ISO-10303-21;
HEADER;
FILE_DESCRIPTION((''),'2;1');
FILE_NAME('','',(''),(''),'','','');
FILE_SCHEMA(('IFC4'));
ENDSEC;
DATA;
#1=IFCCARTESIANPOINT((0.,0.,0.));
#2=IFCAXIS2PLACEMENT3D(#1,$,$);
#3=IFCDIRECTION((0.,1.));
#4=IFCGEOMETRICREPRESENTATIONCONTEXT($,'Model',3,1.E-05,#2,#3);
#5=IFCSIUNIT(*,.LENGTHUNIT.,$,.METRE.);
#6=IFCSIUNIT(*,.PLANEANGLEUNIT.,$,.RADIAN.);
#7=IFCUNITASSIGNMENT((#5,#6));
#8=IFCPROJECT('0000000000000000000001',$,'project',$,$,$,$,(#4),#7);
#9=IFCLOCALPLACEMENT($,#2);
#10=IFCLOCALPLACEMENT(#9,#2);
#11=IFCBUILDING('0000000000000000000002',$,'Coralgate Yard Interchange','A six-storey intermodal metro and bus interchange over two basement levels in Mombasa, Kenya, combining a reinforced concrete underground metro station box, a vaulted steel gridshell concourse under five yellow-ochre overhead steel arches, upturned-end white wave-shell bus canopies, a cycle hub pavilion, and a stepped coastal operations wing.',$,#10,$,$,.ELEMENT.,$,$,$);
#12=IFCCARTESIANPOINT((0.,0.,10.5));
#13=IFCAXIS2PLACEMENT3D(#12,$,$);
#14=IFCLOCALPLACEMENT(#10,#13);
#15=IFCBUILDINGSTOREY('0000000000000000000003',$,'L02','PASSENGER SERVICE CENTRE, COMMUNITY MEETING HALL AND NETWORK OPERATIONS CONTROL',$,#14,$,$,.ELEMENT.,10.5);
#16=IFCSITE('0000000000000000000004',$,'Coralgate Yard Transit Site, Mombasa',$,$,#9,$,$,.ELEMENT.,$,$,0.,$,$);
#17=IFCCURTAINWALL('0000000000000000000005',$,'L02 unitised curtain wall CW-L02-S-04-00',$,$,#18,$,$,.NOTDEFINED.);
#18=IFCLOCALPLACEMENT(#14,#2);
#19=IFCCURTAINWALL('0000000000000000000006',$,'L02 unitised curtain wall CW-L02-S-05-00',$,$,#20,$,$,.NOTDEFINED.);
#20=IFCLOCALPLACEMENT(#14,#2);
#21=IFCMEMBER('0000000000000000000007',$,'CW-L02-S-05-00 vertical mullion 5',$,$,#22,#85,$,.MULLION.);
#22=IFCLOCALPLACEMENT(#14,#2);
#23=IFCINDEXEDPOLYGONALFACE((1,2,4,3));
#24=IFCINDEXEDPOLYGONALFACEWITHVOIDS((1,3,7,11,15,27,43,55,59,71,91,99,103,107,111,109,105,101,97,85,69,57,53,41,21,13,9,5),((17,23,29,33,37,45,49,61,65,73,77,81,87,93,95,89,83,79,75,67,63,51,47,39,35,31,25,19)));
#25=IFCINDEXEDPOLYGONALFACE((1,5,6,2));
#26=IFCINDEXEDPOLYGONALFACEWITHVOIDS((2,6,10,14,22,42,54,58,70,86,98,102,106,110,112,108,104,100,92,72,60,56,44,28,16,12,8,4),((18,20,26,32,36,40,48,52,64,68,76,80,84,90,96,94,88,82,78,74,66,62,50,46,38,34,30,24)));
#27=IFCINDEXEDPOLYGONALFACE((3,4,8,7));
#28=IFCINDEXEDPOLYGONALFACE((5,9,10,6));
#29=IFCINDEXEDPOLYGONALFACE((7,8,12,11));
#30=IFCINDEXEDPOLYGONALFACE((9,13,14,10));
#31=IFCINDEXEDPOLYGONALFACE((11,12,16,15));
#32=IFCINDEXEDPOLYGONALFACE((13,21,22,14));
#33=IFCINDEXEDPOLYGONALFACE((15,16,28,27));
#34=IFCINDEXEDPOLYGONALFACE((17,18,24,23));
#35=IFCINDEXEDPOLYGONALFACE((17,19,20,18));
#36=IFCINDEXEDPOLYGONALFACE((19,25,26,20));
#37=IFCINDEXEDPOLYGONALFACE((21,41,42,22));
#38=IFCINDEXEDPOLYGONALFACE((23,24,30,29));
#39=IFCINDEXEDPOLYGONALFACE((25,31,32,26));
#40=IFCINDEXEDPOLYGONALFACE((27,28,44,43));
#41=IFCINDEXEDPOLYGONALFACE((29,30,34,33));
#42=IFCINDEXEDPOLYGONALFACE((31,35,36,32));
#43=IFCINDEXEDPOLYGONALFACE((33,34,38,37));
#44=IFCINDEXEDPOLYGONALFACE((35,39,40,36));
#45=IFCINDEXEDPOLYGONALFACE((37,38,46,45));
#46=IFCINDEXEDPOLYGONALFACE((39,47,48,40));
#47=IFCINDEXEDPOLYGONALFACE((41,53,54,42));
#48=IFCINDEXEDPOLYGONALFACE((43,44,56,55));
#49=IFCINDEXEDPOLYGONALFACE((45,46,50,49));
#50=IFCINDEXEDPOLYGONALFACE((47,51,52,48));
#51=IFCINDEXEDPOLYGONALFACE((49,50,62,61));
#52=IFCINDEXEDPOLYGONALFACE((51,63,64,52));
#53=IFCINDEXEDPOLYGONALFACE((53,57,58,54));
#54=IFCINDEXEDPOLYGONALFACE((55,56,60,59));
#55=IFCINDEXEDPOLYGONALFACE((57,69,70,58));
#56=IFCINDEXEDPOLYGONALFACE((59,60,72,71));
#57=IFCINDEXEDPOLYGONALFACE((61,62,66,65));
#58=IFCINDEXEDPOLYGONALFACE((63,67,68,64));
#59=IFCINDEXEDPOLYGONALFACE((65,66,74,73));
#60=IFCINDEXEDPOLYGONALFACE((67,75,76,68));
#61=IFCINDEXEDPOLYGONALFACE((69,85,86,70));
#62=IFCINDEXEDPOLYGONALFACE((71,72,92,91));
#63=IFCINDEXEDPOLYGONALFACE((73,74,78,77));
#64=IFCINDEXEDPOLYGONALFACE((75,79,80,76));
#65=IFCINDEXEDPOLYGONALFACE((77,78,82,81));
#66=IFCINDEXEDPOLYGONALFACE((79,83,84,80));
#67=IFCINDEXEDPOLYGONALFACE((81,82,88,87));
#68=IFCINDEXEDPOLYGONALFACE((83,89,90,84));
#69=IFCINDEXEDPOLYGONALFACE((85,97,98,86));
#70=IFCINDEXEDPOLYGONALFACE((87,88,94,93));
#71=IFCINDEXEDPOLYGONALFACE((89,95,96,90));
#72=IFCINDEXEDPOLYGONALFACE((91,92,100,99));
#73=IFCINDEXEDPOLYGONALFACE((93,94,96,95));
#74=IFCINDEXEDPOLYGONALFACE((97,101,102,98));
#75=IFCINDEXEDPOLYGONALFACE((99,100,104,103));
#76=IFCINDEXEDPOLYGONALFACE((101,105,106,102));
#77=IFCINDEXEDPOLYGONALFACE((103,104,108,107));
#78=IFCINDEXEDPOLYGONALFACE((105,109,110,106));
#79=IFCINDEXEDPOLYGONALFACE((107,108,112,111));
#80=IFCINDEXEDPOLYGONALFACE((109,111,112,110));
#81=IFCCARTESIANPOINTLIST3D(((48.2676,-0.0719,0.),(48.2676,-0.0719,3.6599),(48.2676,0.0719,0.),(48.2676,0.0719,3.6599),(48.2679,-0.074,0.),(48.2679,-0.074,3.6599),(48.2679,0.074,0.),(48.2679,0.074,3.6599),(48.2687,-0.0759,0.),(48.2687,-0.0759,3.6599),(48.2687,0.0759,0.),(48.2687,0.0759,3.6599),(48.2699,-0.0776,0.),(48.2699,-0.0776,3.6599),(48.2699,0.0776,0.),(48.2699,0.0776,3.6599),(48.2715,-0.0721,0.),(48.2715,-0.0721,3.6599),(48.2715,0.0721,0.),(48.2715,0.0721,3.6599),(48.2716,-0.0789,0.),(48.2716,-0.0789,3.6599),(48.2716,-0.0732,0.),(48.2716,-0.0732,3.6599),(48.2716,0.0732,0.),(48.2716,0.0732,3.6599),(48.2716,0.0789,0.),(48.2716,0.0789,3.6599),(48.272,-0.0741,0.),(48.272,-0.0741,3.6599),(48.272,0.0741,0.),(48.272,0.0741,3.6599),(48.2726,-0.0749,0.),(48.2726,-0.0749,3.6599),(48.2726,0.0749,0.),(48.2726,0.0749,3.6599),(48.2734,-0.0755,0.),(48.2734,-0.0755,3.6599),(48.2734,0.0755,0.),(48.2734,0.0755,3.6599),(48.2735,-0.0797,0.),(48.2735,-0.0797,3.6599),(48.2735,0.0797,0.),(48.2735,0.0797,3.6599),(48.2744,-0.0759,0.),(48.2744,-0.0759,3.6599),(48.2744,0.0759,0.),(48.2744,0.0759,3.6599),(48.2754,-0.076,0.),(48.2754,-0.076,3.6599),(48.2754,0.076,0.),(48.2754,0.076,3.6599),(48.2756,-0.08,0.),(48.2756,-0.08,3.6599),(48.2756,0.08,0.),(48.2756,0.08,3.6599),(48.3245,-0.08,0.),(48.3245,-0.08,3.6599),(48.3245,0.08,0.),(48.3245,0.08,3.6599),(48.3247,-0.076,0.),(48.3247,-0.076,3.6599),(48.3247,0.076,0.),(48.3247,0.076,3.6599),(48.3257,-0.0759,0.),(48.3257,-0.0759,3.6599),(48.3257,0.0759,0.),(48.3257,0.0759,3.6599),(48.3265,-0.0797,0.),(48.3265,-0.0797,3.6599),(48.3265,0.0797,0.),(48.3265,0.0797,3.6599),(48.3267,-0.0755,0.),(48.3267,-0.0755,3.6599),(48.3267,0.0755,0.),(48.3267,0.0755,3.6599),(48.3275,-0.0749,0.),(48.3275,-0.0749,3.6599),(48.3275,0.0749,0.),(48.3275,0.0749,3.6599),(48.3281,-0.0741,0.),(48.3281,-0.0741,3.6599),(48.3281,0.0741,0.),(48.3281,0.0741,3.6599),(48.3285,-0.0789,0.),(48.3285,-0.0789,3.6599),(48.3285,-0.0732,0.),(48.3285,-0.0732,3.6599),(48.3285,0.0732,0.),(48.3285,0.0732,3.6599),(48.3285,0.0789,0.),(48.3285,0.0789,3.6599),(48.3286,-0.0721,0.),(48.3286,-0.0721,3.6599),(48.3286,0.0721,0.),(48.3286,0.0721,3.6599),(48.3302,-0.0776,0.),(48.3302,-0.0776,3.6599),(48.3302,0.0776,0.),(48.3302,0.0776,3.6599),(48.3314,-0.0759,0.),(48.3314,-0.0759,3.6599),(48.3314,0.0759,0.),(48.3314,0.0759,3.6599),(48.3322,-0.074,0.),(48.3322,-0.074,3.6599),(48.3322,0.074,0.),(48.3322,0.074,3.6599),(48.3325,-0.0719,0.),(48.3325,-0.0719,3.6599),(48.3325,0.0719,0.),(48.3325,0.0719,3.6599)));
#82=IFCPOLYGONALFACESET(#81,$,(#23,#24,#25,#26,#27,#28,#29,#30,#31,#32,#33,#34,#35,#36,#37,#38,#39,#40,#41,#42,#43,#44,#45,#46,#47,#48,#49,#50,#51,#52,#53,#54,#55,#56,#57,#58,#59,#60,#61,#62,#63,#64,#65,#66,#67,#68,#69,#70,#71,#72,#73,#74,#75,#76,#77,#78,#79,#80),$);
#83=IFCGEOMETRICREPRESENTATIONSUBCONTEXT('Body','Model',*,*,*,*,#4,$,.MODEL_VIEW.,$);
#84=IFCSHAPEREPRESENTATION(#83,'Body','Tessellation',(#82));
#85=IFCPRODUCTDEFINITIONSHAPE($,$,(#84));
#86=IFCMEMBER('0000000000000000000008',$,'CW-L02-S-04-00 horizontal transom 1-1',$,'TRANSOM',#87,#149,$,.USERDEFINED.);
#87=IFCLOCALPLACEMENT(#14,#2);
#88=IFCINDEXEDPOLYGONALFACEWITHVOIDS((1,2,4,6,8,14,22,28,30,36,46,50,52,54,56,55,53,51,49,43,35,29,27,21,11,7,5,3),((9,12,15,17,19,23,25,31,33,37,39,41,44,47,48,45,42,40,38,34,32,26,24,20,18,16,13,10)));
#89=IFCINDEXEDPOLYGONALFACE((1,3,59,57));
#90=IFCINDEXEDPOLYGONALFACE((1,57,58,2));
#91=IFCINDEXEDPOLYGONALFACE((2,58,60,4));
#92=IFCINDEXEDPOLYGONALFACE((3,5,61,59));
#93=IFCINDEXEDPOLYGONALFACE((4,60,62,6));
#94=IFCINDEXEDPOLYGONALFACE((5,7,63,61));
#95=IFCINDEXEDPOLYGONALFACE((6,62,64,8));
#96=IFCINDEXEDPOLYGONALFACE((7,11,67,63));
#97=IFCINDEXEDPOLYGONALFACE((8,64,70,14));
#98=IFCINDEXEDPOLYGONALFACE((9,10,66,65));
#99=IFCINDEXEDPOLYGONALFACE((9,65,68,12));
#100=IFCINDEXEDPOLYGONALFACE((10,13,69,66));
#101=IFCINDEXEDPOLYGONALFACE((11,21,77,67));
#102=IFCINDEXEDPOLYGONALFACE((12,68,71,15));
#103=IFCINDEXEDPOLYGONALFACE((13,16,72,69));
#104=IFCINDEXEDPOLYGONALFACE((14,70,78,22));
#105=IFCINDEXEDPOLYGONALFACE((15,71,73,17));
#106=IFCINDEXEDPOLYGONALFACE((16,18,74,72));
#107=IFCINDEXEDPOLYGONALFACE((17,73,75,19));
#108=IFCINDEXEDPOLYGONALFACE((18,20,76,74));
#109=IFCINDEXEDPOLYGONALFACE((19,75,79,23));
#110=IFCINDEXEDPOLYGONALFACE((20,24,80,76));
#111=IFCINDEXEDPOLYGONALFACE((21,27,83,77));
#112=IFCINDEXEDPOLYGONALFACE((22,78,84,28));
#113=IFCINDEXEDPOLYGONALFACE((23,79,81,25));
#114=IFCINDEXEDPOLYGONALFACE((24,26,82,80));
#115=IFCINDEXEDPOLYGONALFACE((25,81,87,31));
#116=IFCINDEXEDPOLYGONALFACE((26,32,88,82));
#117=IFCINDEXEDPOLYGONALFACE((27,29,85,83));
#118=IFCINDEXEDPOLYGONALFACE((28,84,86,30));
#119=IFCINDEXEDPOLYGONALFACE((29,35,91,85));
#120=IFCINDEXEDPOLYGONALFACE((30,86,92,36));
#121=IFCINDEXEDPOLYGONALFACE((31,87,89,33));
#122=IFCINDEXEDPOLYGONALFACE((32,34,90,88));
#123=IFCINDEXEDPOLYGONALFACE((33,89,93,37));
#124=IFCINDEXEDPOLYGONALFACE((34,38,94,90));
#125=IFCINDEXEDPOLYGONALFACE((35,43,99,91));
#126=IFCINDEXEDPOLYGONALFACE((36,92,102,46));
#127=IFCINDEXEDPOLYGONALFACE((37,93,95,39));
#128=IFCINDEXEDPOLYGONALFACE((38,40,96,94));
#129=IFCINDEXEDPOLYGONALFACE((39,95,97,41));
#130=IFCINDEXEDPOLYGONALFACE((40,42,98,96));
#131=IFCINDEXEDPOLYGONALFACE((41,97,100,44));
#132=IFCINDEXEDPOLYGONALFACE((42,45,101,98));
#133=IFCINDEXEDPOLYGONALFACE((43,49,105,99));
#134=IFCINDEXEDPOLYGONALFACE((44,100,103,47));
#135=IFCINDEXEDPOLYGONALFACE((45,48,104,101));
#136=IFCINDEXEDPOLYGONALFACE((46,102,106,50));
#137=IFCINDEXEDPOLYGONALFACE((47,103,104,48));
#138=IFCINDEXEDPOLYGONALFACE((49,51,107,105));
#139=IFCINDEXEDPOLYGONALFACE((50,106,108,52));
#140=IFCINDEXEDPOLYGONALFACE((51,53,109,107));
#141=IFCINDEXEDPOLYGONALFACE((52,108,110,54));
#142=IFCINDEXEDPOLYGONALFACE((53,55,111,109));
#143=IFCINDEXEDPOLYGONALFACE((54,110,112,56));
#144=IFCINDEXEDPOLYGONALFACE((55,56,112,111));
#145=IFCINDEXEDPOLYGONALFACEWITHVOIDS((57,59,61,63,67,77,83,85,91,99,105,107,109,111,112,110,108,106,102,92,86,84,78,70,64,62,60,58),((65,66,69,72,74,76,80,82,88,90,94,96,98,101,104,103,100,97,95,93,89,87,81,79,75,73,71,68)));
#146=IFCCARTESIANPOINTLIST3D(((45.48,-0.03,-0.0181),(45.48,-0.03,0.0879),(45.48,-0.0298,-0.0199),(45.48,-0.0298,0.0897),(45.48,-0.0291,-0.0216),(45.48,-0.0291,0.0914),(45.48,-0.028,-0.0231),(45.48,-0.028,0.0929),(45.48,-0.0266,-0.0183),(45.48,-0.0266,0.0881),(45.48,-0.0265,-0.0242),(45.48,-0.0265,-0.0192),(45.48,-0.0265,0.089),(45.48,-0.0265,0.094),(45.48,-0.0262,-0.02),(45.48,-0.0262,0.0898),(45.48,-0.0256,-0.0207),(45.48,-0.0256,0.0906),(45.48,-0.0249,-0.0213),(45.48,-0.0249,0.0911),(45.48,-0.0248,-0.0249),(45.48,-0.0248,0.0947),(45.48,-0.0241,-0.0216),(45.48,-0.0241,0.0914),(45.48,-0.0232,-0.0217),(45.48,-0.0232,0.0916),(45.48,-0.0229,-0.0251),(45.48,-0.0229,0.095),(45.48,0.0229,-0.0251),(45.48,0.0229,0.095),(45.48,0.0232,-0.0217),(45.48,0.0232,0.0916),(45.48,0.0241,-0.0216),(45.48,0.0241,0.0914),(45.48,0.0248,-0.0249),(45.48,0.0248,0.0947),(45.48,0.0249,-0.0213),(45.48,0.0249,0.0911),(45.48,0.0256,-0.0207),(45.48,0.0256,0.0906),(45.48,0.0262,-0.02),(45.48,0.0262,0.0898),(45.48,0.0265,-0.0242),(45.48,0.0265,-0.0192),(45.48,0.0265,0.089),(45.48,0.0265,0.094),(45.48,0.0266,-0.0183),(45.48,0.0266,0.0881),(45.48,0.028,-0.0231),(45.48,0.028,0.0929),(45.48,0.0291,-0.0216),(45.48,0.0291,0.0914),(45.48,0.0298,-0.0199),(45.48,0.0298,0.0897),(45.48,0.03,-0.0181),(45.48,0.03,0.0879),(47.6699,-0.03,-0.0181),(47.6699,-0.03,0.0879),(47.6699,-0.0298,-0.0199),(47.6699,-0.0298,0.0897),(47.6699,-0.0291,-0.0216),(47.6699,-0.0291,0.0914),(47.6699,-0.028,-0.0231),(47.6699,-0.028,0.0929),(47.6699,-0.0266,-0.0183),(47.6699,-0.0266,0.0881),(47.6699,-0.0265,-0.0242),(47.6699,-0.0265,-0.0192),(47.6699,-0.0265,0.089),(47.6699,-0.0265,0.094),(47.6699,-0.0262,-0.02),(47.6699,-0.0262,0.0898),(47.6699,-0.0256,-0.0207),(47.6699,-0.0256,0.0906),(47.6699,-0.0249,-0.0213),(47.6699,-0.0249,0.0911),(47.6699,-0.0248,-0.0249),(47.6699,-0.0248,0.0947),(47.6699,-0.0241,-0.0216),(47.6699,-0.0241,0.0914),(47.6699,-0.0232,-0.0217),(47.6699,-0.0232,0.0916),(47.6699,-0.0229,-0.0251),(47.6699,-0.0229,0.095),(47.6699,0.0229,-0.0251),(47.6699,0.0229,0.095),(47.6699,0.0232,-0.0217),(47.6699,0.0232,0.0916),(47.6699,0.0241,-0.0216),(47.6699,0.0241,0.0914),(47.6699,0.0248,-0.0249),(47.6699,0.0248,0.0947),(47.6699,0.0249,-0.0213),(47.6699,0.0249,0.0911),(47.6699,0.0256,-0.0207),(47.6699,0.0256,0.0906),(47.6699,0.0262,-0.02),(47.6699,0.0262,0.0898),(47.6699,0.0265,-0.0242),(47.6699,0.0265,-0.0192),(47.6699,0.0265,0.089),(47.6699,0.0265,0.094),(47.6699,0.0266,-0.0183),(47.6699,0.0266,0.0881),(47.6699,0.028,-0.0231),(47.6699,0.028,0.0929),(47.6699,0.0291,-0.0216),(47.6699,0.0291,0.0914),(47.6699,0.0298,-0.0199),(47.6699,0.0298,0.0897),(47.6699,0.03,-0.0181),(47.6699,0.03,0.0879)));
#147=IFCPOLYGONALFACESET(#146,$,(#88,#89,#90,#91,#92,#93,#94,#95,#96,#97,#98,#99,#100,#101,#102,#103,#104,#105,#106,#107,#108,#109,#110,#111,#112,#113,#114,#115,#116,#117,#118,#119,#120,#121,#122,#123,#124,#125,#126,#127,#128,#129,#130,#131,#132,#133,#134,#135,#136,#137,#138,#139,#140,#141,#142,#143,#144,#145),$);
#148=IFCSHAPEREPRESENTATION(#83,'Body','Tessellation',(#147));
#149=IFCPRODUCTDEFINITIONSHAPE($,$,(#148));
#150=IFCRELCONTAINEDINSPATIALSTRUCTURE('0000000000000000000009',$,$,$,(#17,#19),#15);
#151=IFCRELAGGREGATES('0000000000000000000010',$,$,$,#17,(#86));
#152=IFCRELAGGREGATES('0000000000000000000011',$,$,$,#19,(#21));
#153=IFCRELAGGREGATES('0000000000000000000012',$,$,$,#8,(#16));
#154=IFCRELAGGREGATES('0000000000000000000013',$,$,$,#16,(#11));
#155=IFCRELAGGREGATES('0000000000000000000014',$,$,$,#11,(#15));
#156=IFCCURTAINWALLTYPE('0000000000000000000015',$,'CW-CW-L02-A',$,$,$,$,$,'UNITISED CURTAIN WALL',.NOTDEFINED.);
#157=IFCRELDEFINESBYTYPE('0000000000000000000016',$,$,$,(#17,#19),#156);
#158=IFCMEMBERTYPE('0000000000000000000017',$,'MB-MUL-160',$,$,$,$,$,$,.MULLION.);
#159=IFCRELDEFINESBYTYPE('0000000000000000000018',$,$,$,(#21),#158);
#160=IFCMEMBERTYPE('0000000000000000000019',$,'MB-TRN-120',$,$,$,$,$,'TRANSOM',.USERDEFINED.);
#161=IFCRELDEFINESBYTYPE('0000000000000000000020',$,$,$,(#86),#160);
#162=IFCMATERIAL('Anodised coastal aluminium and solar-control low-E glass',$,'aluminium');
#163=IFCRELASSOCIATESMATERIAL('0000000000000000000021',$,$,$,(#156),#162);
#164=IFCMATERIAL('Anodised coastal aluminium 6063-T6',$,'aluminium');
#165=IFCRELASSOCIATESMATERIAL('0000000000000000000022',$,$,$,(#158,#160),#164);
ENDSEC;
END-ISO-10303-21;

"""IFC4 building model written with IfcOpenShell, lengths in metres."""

from ifc_helpers import new_model, si_unit, direction, frame, origin, origin_2d, place, context, subcontext, project, spatial, hollow_rectangle, extrude, material, material_profile, profile_set, type_object, element, aggregate, save


model = new_model("IFC4")

# Units and contexts
model_context = context("Model", 3, precision=1e-05, world=origin(), true_north=direction((0.0, 1.0)))
body_context = subcontext(model_context, "Body", "Model", "MODEL_VIEW")
ifc_project = project(units=[si_unit("LENGTHUNIT", "METRE"), si_unit("PLANEANGLEUNIT", "RADIAN")], contexts=[model_context])

# Site, building, storey
site_placement = place(None, origin())
site = spatial("IfcSite", under=ifc_project, at=site_placement, Name="Coralgate Yard Transit Site, Mombasa", CompositionType="ELEMENT", RefElevation=0.0)
building_placement = place(site_placement, origin())
building = spatial("IfcBuilding", under=site, at=building_placement, Name="Coralgate Yard Interchange", Description="A six-storey intermodal metro and bus interchange over two basement levels in Mombasa, Kenya, combining a reinforced concrete underground metro station box, a vaulted steel gridshell concourse under five yellow-ochre overhead steel arches, upturned-end white wave-shell bus canopies, a cycle hub pavilion, and a stepped coastal operations wing.", CompositionType="ELEMENT")
storey_placement = place(building_placement, frame((0.0, 0.0, 10.5)))
storey = spatial("IfcBuildingStorey", under=building, at=storey_placement, Name="L02", Description="PASSENGER SERVICE CENTRE, COMMUNITY MEETING HALL AND NETWORK OPERATIONS CONTROL", CompositionType="ELEMENT", Elevation=10.5)

# Curtain wall
ifc_material_1 = material(Name="Anodised coastal aluminium and solar-control low-E glass", Category="aluminium")
curtain_wall_type = type_object("IfcCurtainWallType", Name="CW-CW-L02-A", ElementType="UNITISED CURTAIN WALL", PredefinedType="NOTDEFINED", material=ifc_material_1)
curtain_wall_1_placement = place(storey_placement, origin())
curtain_wall_1 = element("IfcCurtainWall", 1, at=curtain_wall_1_placement, inside=storey, type_object=curtain_wall_type, Name="L02 unitised curtain wall CW-L02-S-04-00", PredefinedType="NOTDEFINED")
ifc_material_2 = material(Name="Anodised coastal aluminium 6063-T6", Category="aluminium")
ifc_material_profile_1 = material_profile(ifc_material_2, hollow_rectangle(XDim=0.0649, YDim=0.1599, WallThickness=0.0039, InnerFilletRadius=0.0039, OuterFilletRadius=0.0081, at=origin_2d()), Name="ALU 65x160x4")
ifc_profile_set_1 = profile_set([ifc_material_profile_1], Name="Anodised coastal aluminium 6063-T6")
member_type_1 = type_object("IfcMemberType", Name="MB-MUL-160", PredefinedType="MULLION", material=ifc_profile_set_1)

# Curtain wall, member
curtain_wall_2_placement = place(storey_placement, origin())
curtain_wall_2 = element("IfcCurtainWall", 2, at=curtain_wall_2_placement, inside=storey, type_object=curtain_wall_type, Name="L02 unitised curtain wall CW-L02-S-05-00", PredefinedType="NOTDEFINED")
member_1_placement = place(storey_placement, frame((48.3, 0.0, 0.0), z_axis=(0.0, 0.0, 1.0), x_axis=(1.0, 0.0, 0.0)))
member_1 = element("IfcMember", 3, at=member_1_placement, type_object=member_type_1, Name="CW-L02-S-05-00 vertical mullion 5", PredefinedType="MULLION", context=body_context, shape_type="SweptSolid", body=[
    extrude(hollow_rectangle(XDim=0.0649, YDim=0.1599, WallThickness=0.0039, InnerFilletRadius=0.0039, OuterFilletRadius=0.0081, at=origin_2d()), origin(), (0.0, 0.0, 1.0), 3.6599),
])

# Member
ifc_material_profile_2 = material_profile(ifc_material_2, hollow_rectangle(XDim=0.0601, YDim=0.1201, WallThickness=0.0034, InnerFilletRadius=0.0034, OuterFilletRadius=0.0071, at=origin_2d()), Name="ALU 60x120x3.5")
ifc_profile_set_2 = profile_set([ifc_material_profile_2], Name="Anodised coastal aluminium 6063-T6")
member_type_2 = type_object("IfcMemberType", Name="MB-TRN-120", ElementType="TRANSOM", PredefinedType="USERDEFINED", material=ifc_profile_set_2)
member_2_placement = place(storey_placement, frame((47.6699, 0.0, 0.0349), z_axis=(-1.0, 0.0, 0.0), x_axis=(0.0, -1.0, 0.0)))
member_2 = element("IfcMember", 4, at=member_2_placement, type_object=member_type_2, Name="CW-L02-S-04-00 horizontal transom 1-1", ObjectType="TRANSOM", PredefinedType="USERDEFINED", context=body_context, shape_type="SweptSolid", body=[
    extrude(hollow_rectangle(XDim=0.0601, YDim=0.1201, WallThickness=0.0034, InnerFilletRadius=0.0034, OuterFilletRadius=0.0071, at=origin_2d()), origin(), (0.0, 0.0, 1.0), 2.1899),
])
aggregate(curtain_wall_1, [member_2])

aggregate(curtain_wall_2, [member_1])

save(model, "model.ifc")
